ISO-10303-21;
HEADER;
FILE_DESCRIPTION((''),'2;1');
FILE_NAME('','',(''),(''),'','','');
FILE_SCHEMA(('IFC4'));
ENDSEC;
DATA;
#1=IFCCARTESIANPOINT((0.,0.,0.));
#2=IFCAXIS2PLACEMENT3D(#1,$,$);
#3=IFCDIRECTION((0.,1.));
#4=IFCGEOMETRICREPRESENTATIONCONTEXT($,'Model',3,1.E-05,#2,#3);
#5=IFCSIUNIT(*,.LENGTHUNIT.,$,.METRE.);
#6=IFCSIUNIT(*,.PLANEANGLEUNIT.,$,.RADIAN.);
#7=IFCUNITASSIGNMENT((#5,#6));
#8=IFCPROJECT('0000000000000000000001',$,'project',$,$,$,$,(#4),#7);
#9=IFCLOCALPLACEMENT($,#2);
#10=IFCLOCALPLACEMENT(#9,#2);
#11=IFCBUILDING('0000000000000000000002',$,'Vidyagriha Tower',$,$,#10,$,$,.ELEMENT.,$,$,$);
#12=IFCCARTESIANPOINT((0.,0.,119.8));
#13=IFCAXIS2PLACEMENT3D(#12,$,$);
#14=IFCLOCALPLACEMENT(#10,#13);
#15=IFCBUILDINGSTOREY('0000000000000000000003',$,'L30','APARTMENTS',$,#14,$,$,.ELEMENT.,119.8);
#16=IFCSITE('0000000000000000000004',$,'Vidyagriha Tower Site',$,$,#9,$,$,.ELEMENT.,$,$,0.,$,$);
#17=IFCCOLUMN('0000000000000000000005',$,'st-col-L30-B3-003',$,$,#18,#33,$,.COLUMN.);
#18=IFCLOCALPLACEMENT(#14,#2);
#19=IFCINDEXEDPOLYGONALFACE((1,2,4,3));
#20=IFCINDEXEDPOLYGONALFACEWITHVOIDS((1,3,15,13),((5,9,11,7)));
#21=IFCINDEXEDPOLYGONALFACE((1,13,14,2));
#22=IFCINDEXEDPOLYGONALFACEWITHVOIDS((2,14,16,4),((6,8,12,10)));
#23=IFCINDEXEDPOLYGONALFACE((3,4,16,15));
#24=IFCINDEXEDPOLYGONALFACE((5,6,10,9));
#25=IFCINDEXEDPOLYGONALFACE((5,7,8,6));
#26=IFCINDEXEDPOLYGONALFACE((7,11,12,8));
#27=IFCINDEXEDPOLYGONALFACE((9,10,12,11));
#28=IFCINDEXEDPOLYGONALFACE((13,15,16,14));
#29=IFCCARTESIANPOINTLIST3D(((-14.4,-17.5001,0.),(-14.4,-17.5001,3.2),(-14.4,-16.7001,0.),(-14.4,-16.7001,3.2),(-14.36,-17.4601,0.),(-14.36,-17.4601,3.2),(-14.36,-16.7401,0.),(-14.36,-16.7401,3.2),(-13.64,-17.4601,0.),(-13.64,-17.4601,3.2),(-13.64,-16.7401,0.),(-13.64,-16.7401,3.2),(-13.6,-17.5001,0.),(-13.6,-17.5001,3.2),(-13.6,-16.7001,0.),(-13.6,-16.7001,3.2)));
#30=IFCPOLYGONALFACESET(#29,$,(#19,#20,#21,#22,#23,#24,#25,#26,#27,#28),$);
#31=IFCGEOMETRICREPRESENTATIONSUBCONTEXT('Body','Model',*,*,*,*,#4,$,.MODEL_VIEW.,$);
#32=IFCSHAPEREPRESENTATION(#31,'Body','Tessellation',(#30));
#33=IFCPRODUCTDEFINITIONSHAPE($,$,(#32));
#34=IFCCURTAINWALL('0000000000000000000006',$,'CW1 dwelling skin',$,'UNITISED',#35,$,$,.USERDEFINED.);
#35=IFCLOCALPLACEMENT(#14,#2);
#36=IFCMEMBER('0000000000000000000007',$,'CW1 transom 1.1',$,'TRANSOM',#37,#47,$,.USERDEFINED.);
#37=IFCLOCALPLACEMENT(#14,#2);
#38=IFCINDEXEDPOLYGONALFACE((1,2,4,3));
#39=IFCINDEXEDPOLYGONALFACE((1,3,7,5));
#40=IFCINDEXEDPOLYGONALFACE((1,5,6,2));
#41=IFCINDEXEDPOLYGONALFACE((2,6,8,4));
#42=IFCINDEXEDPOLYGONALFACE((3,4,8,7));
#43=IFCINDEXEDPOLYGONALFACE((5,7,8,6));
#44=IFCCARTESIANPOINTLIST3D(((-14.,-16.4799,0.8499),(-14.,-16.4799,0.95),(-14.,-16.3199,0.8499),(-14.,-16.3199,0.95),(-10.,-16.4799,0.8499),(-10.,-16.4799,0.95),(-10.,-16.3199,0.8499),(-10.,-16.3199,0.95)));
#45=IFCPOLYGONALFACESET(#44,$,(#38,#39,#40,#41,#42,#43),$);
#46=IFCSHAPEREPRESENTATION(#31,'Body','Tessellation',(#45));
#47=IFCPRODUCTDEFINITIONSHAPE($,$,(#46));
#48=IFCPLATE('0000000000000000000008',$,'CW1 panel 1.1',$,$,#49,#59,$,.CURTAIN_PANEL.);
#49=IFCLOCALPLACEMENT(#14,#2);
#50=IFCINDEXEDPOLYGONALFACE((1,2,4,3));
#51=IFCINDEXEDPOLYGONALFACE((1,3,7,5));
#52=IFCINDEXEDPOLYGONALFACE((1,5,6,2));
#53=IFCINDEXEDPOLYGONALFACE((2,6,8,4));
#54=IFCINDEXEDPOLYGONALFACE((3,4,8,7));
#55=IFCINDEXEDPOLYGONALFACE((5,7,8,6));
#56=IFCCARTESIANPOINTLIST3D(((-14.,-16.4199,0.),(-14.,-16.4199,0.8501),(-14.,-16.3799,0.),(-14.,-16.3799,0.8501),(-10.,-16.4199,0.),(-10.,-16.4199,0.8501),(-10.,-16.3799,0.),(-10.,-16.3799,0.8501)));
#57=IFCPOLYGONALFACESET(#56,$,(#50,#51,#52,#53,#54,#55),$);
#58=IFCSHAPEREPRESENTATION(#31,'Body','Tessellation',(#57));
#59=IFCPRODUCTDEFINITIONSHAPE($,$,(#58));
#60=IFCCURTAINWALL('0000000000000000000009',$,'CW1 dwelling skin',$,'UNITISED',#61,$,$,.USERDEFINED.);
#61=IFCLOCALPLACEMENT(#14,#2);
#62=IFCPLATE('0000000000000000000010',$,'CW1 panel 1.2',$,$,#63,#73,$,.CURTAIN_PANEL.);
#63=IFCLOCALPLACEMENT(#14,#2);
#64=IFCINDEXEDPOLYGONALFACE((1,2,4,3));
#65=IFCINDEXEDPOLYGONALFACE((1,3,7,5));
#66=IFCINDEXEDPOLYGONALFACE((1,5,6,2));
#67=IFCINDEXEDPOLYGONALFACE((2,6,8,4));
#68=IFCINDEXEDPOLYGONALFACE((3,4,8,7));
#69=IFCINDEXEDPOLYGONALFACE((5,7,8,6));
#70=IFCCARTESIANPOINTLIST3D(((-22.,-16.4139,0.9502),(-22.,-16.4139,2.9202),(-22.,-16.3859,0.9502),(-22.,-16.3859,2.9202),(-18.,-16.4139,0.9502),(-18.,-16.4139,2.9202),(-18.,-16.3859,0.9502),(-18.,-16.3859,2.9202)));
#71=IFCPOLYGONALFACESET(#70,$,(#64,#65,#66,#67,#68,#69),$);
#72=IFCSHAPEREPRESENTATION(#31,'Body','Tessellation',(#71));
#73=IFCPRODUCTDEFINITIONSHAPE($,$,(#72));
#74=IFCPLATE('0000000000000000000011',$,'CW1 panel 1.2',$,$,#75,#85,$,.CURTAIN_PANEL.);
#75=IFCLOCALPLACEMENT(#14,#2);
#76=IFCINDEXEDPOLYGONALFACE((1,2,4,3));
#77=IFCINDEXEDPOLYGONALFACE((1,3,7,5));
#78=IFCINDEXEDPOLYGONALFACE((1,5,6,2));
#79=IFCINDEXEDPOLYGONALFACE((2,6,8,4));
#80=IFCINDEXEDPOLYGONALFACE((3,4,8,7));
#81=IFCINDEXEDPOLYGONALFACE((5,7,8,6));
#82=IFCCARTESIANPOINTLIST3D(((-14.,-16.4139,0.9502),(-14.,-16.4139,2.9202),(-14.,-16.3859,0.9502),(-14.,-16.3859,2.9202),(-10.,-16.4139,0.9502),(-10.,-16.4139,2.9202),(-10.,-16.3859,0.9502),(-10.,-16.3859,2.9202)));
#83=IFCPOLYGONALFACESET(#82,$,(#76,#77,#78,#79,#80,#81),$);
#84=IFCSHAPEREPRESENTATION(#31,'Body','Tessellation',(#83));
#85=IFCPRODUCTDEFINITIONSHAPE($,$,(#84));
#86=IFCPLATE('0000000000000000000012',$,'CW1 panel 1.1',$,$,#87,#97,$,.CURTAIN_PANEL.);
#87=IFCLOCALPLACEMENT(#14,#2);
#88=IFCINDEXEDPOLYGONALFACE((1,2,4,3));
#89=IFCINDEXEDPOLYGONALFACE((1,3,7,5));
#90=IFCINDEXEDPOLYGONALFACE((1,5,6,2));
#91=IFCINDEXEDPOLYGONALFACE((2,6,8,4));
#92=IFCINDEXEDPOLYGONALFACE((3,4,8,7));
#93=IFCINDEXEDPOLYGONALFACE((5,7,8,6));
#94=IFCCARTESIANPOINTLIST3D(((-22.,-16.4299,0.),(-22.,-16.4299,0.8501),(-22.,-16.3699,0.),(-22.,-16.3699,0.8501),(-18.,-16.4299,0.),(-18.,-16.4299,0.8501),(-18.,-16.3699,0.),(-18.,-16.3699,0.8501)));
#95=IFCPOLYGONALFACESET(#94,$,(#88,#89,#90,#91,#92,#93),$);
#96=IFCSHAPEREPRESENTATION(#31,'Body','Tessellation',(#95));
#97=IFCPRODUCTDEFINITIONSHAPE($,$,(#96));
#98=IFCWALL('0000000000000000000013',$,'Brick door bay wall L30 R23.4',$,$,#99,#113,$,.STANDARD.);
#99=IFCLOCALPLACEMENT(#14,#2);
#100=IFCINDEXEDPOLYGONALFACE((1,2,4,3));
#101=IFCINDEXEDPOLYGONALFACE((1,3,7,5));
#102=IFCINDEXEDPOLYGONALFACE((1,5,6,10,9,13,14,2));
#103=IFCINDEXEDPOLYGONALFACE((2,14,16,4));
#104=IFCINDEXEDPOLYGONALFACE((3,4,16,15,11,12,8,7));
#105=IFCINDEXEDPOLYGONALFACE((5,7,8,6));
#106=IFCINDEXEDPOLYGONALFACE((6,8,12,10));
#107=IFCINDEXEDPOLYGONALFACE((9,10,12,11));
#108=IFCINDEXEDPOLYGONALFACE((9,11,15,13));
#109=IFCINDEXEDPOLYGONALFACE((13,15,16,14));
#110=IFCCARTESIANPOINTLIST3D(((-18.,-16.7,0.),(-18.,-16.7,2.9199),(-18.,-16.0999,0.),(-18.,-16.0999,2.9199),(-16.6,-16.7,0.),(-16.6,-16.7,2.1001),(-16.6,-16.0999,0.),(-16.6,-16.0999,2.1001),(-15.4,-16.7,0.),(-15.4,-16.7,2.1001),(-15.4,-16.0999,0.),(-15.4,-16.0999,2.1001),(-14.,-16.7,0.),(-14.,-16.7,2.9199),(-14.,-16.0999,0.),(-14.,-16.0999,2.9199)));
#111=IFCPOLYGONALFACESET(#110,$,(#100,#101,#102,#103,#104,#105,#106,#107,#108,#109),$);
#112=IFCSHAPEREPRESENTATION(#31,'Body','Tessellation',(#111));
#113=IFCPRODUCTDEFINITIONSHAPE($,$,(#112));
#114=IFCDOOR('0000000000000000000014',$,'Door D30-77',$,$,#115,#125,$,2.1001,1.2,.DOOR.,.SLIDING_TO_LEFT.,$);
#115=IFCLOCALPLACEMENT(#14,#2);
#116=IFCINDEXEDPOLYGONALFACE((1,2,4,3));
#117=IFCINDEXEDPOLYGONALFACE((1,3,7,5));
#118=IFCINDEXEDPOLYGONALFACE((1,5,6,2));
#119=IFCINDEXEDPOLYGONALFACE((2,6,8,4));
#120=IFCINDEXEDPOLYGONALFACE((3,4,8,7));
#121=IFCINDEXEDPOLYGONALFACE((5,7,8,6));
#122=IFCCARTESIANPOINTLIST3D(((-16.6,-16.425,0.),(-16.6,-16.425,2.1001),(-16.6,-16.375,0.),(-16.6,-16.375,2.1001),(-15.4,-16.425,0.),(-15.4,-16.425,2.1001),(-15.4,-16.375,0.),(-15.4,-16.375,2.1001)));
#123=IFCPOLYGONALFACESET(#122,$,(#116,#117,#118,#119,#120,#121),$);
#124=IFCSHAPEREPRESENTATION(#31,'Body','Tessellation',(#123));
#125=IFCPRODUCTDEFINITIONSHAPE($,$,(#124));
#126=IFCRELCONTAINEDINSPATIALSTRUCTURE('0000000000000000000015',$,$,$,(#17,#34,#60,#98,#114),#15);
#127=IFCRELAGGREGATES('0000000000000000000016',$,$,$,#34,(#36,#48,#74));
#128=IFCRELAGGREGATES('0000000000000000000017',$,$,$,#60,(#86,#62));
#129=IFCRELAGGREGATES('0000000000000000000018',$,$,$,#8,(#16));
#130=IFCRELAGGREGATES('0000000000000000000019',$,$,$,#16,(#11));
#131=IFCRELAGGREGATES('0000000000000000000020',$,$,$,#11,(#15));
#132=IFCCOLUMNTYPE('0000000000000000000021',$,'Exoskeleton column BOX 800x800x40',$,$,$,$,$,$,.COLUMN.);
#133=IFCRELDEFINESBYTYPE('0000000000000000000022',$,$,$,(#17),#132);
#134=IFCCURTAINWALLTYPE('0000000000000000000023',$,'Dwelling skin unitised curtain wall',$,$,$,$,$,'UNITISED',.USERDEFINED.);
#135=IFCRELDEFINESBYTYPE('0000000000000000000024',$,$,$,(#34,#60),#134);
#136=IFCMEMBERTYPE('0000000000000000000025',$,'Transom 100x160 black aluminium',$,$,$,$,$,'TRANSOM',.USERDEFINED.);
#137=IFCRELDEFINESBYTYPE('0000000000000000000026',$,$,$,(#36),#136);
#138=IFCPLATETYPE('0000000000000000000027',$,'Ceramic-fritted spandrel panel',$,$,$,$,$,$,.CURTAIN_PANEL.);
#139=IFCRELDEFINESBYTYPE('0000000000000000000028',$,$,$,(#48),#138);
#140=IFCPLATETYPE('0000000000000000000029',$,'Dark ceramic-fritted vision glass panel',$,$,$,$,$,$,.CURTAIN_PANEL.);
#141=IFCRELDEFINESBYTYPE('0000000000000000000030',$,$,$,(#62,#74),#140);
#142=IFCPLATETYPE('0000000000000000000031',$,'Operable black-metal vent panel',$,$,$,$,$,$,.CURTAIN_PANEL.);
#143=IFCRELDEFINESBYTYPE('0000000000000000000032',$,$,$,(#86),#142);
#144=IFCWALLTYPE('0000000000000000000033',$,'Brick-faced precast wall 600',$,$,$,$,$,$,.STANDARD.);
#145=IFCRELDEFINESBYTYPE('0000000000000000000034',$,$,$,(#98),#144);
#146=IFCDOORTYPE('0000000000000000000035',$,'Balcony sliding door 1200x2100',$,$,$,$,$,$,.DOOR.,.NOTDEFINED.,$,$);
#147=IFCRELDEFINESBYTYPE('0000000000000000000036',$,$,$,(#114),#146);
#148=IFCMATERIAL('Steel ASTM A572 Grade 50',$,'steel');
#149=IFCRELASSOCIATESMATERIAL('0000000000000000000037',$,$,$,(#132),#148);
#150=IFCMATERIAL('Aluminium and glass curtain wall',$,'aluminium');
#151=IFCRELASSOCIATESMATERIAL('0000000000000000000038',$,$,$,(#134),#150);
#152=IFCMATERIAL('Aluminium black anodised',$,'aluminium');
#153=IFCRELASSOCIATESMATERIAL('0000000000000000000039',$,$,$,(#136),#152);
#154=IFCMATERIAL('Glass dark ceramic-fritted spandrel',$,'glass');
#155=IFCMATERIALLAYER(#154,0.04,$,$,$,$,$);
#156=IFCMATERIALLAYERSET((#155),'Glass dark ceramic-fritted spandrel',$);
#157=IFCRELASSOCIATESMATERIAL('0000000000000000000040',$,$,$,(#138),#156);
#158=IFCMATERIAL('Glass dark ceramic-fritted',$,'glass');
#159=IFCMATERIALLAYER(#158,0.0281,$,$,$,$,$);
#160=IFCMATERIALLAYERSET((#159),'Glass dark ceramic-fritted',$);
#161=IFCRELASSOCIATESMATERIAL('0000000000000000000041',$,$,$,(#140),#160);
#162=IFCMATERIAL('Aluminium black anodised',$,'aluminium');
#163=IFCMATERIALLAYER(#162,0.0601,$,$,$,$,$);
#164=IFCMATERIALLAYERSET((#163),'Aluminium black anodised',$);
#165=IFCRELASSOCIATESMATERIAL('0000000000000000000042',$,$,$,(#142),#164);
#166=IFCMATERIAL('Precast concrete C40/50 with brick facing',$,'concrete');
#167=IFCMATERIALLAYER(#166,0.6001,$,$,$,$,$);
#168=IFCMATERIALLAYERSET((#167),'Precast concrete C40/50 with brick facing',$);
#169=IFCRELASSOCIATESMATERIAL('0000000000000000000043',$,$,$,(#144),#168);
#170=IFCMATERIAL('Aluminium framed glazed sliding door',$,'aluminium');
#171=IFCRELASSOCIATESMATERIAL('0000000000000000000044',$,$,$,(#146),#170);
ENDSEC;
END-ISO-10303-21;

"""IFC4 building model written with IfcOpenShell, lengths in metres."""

from ifc_helpers import new_model, si_unit, direction, frame, frame_2d, origin, origin_2d, place, context, subcontext, project, spatial, rectangle, hollow_rectangle, extrude, material, layer, layer_set, material_profile, profile_set, type_object, element, fill, aggregate, save


model = new_model("IFC4")

# Units and contexts
model_context = context("Model", 3, precision=1e-05, world=origin(), true_north=direction((0.0, 1.0)))
body_context = subcontext(model_context, "Body", "Model", "MODEL_VIEW")
ifc_project = project(units=[si_unit("LENGTHUNIT", "METRE"), si_unit("PLANEANGLEUNIT", "RADIAN")], contexts=[model_context])

# Site, building, storey
site_placement = place(None, origin())
site = spatial("IfcSite", under=ifc_project, at=site_placement, Name="Vidyagriha Tower Site", CompositionType="ELEMENT", RefElevation=0.0)
building_placement = place(site_placement, origin())
building = spatial("IfcBuilding", under=site, at=building_placement, Name="Vidyagriha Tower", CompositionType="ELEMENT")
storey_placement = place(building_placement, frame((0.0, 0.0, 119.8)))
storey = spatial("IfcBuildingStorey", under=building, at=storey_placement, Name="L30", Description="APARTMENTS", CompositionType="ELEMENT", Elevation=119.8)

# Column
ifc_material_1 = material(Name="Steel ASTM A572 Grade 50", Category="steel")
ifc_material_profile_1 = material_profile(ifc_material_1, hollow_rectangle(XDim=0.8, YDim=0.8, WallThickness=0.04, at=origin_2d()), Name="BOX 800x800x40")
ifc_profile_set_1 = profile_set([ifc_material_profile_1], Name="Steel ASTM A572 Grade 50")
column_type = type_object("IfcColumnType", Name="Exoskeleton column BOX 800x800x40", PredefinedType="COLUMN", material=ifc_profile_set_1)
column_placement = place(storey_placement, frame((-14.0, -17.1001, 0.0)))
element("IfcColumn", 1, at=column_placement, inside=storey, type_object=column_type, Name="st-col-L30-B3-003", PredefinedType="COLUMN", context=body_context, shape_type="SweptSolid", body=[
    extrude(hollow_rectangle(XDim=0.8, YDim=0.8, WallThickness=0.04, at=origin_2d()), origin(), (0.0, 0.0, 1.0), 3.2),
])

# Curtain wall, member, plate
ifc_material_2 = material(Name="Aluminium and glass curtain wall", Category="aluminium")
curtain_wall_type = type_object("IfcCurtainWallType", Name="Dwelling skin unitised curtain wall", ElementType="UNITISED", PredefinedType="USERDEFINED", material=ifc_material_2)
curtain_wall_1_placement = place(storey_placement, origin())
curtain_wall_1 = element("IfcCurtainWall", 2, at=curtain_wall_1_placement, inside=storey, type_object=curtain_wall_type, Name="CW1 dwelling skin", ObjectType="UNITISED", PredefinedType="USERDEFINED")
ifc_material_3 = material(Name="Aluminium black anodised", Category="aluminium")
ifc_material_profile_2 = material_profile(ifc_material_3, rectangle(XDim=0.1599, YDim=0.1001, at=origin_2d()), Name="Transom 100x160 black aluminium")
ifc_profile_set_2 = profile_set([ifc_material_profile_2], Name="Aluminium black anodised")
member_type = type_object("IfcMemberType", Name="Transom 100x160 black aluminium", ElementType="TRANSOM", PredefinedType="USERDEFINED", material=ifc_profile_set_2)
member_placement = place(storey_placement, frame((-14.0, -16.3999, 0.8999), z_axis=(1.0, 0.0, 0.0), x_axis=(0.0, 1.0, 0.0)))
member = element("IfcMember", 3, at=member_placement, type_object=member_type, Name="CW1 transom 1.1", ObjectType="TRANSOM", PredefinedType="USERDEFINED", context=body_context, shape_type="SweptSolid", body=[
    extrude(rectangle(XDim=0.1599, YDim=0.1001, at=origin_2d()), origin(), (0.0, 0.0, 1.0), 4.0),
])
ifc_material_4 = material(Name="Glass dark ceramic-fritted spandrel", Category="glass")
ifc_layer_1 = layer(ifc_material_4, 0.04)
ifc_layer_set_1 = layer_set([ifc_layer_1], Name="Glass dark ceramic-fritted spandrel")
plate_type_1 = type_object("IfcPlateType", Name="Ceramic-fritted spandrel panel", PredefinedType="CURTAIN_PANEL", material=ifc_layer_set_1)
plate_1_placement = place(storey_placement, frame((-12.0, -16.3999, 0.0)))
plate_1 = element("IfcPlate", 4, at=plate_1_placement, type_object=plate_type_1, Name="CW1 panel 1.1", PredefinedType="CURTAIN_PANEL", context=body_context, shape_type="SweptSolid", body=[
    extrude(rectangle(XDim=4.0, YDim=0.04, at=origin_2d()), origin(), (0.0, 0.0, 1.0), 0.8501),
])

# Curtain wall, plate
curtain_wall_2_placement = place(storey_placement, origin())
curtain_wall_2 = element("IfcCurtainWall", 5, at=curtain_wall_2_placement, inside=storey, type_object=curtain_wall_type, Name="CW1 dwelling skin", ObjectType="UNITISED", PredefinedType="USERDEFINED")
ifc_material_5 = material(Name="Glass dark ceramic-fritted", Category="glass")
ifc_layer_2 = layer(ifc_material_5, 0.0281)
ifc_layer_set_2 = layer_set([ifc_layer_2], Name="Glass dark ceramic-fritted")
plate_type_2 = type_object("IfcPlateType", Name="Dark ceramic-fritted vision glass panel", PredefinedType="CURTAIN_PANEL", material=ifc_layer_set_2)
plate_2_placement = place(storey_placement, frame((-20.0, -16.3999, 0.9502)))
plate_2 = element("IfcPlate", 6, at=plate_2_placement, type_object=plate_type_2, Name="CW1 panel 1.2", PredefinedType="CURTAIN_PANEL", context=body_context, shape_type="SweptSolid", body=[
    extrude(rectangle(XDim=4.0, YDim=0.0281, at=origin_2d()), origin(), (0.0, 0.0, 1.0), 1.97),
])

# Plates
plate_3_placement = place(storey_placement, frame((-12.0, -16.3999, 0.9502)))
plate_3 = element("IfcPlate", 7, at=plate_3_placement, type_object=plate_type_2, Name="CW1 panel 1.2", PredefinedType="CURTAIN_PANEL", context=body_context, shape_type="SweptSolid", body=[
    extrude(rectangle(XDim=4.0, YDim=0.0281, at=origin_2d()), origin(), (0.0, 0.0, 1.0), 1.97),
])
aggregate(curtain_wall_1, [member, plate_1, plate_3])
ifc_material_6 = material(Name="Aluminium black anodised", Category="aluminium")
ifc_layer_3 = layer(ifc_material_6, 0.0601)
ifc_layer_set_3 = layer_set([ifc_layer_3], Name="Aluminium black anodised")
plate_type_3 = type_object("IfcPlateType", Name="Operable black-metal vent panel", PredefinedType="CURTAIN_PANEL", material=ifc_layer_set_3)
plate_4_placement = place(storey_placement, frame((-20.0, -16.3999, 0.0)))
plate_4 = element("IfcPlate", 8, at=plate_4_placement, type_object=plate_type_3, Name="CW1 panel 1.1", PredefinedType="CURTAIN_PANEL", context=body_context, shape_type="SweptSolid", body=[
    extrude(rectangle(XDim=4.0, YDim=0.0601, at=origin_2d()), origin(), (0.0, 0.0, 1.0), 0.8501),
])
aggregate(curtain_wall_2, [plate_4, plate_2])

# Wall, opening, door
ifc_material_7 = material(Name="Precast concrete C40/50 with brick facing", Category="concrete")
ifc_layer_4 = layer(ifc_material_7, 0.6001)
ifc_layer_set_4 = layer_set([ifc_layer_4], Name="Precast concrete C40/50 with brick facing")
wall_type = type_object("IfcWallType", Name="Brick-faced precast wall 600", PredefinedType="STANDARD", material=ifc_layer_set_4)
wall_placement = place(storey_placement, frame((-18.0, -16.3999, 0.0)))
wall = element("IfcWall", 9, at=wall_placement, inside=storey, type_object=wall_type, Name="Brick door bay wall L30 R23.4", PredefinedType="STANDARD", context=body_context, shape_type="SweptSolid", body=[
    extrude(rectangle(XDim=4.0, YDim=0.6001, at=frame_2d((2.0, 0.0))), origin(), (0.0, 0.0, 1.0), 2.9199),
])
opening_placement = place(wall_placement, frame((1.3999, 0.0, 0.0)))
opening = element("IfcOpeningElement", 10, at=opening_placement, cuts=wall, PredefinedType="OPENING", context=body_context, shape_type="SweptSolid", body=[
    extrude(rectangle(XDim=1.2, YDim=2.1001, at=frame_2d((0.6001, 1.05))), frame((0.0, 0.3101, 0.0), z_axis=(0.0, -1.0, 0.0), x_axis=(1.0, 0.0, 0.0)), (0.0, 0.0, 1.0), 0.6201),
])
ifc_material_8 = material(Name="Aluminium framed glazed sliding door", Category="aluminium")
door_type = type_object("IfcDoorType", Name="Balcony sliding door 1200x2100", OperationType="NOTDEFINED", PredefinedType="DOOR", material=ifc_material_8)
door_placement = place(opening_placement, origin())
door = element("IfcDoor", 11, at=door_placement, inside=storey, type_object=door_type, Name="Door D30-77", OperationType="SLIDING_TO_LEFT", OverallHeight=2.1001, OverallWidth=1.2, PredefinedType="DOOR", context=body_context, shape_type="SweptSolid", body=[
    extrude(rectangle(XDim=1.2, YDim=2.1001, at=frame_2d((0.6001, 1.05))), frame((0.0, 0.0249, 0.0), z_axis=(0.0, -1.0, 0.0), x_axis=(1.0, 0.0, 0.0)), (0.0, 0.0, 1.0), 0.05),
])
fill(opening, door)

save(model, "model.ifc")
